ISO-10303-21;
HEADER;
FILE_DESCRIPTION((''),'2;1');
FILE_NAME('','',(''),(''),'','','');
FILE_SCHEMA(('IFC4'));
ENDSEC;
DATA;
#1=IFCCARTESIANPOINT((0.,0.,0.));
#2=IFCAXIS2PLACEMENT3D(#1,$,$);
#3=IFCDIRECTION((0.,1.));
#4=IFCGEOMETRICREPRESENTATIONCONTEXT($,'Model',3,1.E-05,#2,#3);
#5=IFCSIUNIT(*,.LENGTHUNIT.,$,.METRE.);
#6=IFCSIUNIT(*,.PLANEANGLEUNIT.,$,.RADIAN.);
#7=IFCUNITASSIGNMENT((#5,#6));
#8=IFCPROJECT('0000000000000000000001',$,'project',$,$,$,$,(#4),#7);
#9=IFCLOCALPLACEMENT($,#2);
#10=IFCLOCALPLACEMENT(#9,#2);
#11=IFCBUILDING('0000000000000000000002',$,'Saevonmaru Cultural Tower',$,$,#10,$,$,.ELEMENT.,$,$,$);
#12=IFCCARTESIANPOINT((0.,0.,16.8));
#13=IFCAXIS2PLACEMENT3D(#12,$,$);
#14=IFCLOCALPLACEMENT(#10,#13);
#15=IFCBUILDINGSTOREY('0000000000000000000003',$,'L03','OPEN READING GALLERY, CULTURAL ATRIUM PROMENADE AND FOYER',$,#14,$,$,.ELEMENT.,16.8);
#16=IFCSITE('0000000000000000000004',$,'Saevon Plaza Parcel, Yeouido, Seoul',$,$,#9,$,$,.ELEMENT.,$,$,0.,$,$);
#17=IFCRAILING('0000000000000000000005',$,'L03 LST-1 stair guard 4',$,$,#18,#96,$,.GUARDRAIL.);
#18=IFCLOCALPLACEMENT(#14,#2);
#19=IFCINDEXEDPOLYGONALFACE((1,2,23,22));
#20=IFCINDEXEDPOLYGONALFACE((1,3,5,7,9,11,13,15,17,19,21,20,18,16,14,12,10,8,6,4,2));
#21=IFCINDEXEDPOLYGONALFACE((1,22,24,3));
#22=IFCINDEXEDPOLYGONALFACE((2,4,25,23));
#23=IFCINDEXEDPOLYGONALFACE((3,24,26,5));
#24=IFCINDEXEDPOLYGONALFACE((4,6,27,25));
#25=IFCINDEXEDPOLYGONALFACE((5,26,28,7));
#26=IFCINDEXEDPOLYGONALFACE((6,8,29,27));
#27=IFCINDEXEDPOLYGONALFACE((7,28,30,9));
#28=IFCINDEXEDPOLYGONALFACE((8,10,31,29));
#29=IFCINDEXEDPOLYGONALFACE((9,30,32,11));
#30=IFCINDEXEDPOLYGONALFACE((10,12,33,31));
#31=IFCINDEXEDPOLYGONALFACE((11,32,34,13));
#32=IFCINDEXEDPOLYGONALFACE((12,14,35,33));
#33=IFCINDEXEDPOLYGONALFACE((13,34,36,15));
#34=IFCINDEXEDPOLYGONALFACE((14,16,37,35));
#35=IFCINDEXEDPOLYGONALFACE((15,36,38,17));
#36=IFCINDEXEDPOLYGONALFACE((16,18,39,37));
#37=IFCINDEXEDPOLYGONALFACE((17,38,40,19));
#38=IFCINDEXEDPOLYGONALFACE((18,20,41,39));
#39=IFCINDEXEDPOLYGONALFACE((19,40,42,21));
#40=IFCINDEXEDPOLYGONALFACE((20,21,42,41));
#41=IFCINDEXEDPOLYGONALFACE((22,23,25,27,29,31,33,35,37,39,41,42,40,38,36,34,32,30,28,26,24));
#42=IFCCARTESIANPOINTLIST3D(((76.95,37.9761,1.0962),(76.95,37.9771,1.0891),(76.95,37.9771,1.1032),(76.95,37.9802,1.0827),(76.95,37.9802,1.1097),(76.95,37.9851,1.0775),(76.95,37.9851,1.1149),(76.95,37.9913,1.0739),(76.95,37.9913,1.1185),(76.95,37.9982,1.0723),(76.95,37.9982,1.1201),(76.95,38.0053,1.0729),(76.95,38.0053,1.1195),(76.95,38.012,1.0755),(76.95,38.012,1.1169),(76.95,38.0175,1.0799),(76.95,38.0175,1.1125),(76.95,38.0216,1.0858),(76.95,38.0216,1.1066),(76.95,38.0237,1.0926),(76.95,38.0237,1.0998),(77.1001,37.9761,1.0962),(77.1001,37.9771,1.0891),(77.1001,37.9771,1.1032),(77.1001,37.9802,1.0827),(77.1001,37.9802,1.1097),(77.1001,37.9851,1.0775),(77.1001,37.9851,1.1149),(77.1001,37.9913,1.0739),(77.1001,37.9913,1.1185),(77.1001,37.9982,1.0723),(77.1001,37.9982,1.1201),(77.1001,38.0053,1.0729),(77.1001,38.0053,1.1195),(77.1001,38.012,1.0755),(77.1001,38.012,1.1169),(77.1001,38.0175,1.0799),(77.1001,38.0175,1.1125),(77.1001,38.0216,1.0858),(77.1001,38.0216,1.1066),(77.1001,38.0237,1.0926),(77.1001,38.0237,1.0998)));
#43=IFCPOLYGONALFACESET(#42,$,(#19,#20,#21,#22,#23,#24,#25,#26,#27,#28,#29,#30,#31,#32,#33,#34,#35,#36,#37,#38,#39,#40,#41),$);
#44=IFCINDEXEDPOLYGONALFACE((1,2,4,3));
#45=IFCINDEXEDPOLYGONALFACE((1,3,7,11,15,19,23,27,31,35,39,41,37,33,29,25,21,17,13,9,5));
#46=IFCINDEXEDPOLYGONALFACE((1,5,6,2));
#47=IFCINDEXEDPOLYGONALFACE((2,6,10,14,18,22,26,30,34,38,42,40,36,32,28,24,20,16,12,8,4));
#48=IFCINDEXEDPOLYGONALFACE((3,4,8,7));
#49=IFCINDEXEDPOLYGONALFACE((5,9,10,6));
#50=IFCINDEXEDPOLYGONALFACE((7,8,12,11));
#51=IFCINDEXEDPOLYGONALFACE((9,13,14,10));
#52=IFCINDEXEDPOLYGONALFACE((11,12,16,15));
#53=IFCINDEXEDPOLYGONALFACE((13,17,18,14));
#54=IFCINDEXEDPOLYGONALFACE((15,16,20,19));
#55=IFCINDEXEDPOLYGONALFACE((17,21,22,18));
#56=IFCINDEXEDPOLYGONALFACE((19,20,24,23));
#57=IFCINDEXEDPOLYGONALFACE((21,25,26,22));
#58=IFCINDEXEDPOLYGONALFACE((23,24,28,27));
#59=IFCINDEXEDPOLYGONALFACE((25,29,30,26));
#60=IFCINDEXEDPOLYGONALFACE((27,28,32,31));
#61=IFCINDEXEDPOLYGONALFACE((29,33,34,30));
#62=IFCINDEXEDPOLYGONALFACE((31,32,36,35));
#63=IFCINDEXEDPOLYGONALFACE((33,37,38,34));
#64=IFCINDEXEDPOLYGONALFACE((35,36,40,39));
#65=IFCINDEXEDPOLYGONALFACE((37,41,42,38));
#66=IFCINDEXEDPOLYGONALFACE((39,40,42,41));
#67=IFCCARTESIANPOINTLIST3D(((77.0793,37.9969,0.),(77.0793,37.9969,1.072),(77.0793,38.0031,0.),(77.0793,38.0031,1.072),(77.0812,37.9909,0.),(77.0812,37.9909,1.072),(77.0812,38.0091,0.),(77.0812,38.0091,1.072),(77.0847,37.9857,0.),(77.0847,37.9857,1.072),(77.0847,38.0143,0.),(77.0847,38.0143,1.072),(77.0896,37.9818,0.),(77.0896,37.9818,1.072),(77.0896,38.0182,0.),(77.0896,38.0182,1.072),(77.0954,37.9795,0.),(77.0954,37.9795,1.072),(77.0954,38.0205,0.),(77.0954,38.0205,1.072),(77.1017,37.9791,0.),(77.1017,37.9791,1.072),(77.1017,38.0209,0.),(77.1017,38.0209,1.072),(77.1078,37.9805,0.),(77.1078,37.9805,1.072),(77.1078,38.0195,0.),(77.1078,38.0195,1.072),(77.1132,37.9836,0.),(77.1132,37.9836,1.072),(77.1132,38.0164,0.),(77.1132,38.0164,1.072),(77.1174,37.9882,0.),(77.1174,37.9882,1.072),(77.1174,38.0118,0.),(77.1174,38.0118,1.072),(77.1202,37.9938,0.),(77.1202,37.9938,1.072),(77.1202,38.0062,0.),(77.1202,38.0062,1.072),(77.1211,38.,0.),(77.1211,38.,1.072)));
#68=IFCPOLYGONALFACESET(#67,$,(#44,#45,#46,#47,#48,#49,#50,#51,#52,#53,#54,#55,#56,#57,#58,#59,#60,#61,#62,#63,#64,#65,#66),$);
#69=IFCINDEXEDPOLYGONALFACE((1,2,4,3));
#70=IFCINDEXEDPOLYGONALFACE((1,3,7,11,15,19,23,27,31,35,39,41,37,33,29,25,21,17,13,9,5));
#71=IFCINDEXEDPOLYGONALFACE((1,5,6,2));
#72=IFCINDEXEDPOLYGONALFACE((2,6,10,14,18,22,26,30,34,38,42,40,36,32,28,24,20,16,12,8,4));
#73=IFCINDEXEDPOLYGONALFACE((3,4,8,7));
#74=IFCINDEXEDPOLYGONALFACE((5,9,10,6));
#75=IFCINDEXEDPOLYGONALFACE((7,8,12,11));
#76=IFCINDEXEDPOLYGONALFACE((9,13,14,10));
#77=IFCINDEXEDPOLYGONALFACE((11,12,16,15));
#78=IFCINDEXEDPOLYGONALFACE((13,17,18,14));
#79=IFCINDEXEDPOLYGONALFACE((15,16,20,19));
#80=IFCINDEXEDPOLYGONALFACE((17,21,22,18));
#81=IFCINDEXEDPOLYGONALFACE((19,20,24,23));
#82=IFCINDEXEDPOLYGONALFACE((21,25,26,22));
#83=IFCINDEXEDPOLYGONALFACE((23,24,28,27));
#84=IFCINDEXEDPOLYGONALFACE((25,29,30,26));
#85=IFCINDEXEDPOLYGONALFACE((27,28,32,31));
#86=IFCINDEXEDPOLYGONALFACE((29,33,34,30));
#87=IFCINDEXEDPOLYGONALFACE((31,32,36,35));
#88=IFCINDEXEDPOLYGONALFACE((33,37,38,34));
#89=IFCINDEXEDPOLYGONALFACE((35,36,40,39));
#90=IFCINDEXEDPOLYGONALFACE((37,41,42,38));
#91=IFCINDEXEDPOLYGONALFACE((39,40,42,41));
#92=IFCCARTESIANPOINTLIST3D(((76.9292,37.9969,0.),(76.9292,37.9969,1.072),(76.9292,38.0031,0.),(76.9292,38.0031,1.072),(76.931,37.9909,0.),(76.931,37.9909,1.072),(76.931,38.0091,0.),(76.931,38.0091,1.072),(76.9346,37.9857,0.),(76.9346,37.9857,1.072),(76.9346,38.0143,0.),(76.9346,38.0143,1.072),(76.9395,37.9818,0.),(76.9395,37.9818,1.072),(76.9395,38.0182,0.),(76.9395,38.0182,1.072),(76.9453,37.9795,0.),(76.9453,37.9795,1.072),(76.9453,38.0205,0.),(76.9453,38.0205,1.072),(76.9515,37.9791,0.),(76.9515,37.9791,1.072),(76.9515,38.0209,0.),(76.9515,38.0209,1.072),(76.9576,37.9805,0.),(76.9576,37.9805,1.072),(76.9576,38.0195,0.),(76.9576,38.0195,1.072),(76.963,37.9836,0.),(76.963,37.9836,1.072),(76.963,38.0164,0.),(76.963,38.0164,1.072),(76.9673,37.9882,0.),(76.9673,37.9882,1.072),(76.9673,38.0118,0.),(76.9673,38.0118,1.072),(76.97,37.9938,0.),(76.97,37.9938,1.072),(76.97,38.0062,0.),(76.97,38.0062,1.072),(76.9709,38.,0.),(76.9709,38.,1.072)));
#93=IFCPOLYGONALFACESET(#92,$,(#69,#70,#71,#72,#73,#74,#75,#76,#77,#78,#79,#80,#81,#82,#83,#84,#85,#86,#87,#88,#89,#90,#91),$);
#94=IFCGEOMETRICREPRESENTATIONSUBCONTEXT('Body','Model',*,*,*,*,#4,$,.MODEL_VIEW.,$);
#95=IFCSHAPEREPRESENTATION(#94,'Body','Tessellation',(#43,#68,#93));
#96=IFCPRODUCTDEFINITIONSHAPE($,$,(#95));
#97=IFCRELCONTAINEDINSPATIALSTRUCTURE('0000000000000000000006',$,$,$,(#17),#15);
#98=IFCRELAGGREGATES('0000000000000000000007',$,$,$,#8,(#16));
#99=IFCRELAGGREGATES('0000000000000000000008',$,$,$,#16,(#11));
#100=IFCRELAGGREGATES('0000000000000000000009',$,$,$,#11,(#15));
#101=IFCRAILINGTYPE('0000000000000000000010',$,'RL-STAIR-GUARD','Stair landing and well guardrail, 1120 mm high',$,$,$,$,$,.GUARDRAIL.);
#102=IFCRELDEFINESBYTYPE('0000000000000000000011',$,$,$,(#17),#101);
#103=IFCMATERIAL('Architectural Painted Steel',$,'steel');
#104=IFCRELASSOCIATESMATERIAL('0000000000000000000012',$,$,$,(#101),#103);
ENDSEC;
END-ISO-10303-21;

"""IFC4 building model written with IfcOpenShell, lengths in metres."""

from ifc_helpers import new_model, si_unit, direction, frame, origin, origin_2d, place, context, subcontext, project, spatial, circle, extrude, material, type_object, element, save


model = new_model("IFC4")

# Units and contexts
model_context = context("Model", 3, precision=1e-05, world=origin(), true_north=direction((0.0, 1.0)))
body_context = subcontext(model_context, "Body", "Model", "MODEL_VIEW")
ifc_project = project(units=[si_unit("LENGTHUNIT", "METRE"), si_unit("PLANEANGLEUNIT", "RADIAN")], contexts=[model_context])

# Site, building, storey
site_placement = place(None, origin())
site = spatial("IfcSite", under=ifc_project, at=site_placement, Name="Saevon Plaza Parcel, Yeouido, Seoul", CompositionType="ELEMENT", RefElevation=0.0)
building_placement = place(site_placement, origin())
building = spatial("IfcBuilding", under=site, at=building_placement, Name="Saevonmaru Cultural Tower", CompositionType="ELEMENT")
storey_placement = place(building_placement, frame((0.0, 0.0, 16.8)))
storey = spatial("IfcBuildingStorey", under=building, at=storey_placement, Name="L03", Description="OPEN READING GALLERY, CULTURAL ATRIUM PROMENADE AND FOYER", CompositionType="ELEMENT", Elevation=16.8)

# Railing
ifc_material_1 = material(Name="Architectural Painted Steel", Category="steel")
railing_type_1 = type_object("IfcRailingType", Name="RL-STAIR-GUARD", Description="Stair landing and well guardrail, 1120 mm high", PredefinedType="GUARDRAIL", material=ifc_material_1)
railing_1_placement = place(storey_placement, frame((77.1001, 38.0, 0.0)))
element("IfcRailing", 1, at=railing_1_placement, inside=storey, type_object=railing_type_1, Name="L03 LST-1 stair guard 4", PredefinedType="GUARDRAIL", context=body_context, shape_type="SweptSolid", body=[
    extrude(circle(Radius=0.0239, at=origin_2d()), frame((0.0, 0.0, 1.0962), z_axis=(-1.0, 0.0, 0.0), x_axis=(0.0, -1.0, 0.0)), (0.0, 0.0, 1.0), 0.1501),
    extrude(circle(Radius=0.021, at=origin_2d()), origin(), (0.0, 0.0, 1.0), 1.072),
    extrude(circle(Radius=0.021, at=origin_2d()), frame((-0.1501, 0.0, 0.0)), (0.0, 0.0, 1.0), 1.072),
])

save(model, "model.ifc")
